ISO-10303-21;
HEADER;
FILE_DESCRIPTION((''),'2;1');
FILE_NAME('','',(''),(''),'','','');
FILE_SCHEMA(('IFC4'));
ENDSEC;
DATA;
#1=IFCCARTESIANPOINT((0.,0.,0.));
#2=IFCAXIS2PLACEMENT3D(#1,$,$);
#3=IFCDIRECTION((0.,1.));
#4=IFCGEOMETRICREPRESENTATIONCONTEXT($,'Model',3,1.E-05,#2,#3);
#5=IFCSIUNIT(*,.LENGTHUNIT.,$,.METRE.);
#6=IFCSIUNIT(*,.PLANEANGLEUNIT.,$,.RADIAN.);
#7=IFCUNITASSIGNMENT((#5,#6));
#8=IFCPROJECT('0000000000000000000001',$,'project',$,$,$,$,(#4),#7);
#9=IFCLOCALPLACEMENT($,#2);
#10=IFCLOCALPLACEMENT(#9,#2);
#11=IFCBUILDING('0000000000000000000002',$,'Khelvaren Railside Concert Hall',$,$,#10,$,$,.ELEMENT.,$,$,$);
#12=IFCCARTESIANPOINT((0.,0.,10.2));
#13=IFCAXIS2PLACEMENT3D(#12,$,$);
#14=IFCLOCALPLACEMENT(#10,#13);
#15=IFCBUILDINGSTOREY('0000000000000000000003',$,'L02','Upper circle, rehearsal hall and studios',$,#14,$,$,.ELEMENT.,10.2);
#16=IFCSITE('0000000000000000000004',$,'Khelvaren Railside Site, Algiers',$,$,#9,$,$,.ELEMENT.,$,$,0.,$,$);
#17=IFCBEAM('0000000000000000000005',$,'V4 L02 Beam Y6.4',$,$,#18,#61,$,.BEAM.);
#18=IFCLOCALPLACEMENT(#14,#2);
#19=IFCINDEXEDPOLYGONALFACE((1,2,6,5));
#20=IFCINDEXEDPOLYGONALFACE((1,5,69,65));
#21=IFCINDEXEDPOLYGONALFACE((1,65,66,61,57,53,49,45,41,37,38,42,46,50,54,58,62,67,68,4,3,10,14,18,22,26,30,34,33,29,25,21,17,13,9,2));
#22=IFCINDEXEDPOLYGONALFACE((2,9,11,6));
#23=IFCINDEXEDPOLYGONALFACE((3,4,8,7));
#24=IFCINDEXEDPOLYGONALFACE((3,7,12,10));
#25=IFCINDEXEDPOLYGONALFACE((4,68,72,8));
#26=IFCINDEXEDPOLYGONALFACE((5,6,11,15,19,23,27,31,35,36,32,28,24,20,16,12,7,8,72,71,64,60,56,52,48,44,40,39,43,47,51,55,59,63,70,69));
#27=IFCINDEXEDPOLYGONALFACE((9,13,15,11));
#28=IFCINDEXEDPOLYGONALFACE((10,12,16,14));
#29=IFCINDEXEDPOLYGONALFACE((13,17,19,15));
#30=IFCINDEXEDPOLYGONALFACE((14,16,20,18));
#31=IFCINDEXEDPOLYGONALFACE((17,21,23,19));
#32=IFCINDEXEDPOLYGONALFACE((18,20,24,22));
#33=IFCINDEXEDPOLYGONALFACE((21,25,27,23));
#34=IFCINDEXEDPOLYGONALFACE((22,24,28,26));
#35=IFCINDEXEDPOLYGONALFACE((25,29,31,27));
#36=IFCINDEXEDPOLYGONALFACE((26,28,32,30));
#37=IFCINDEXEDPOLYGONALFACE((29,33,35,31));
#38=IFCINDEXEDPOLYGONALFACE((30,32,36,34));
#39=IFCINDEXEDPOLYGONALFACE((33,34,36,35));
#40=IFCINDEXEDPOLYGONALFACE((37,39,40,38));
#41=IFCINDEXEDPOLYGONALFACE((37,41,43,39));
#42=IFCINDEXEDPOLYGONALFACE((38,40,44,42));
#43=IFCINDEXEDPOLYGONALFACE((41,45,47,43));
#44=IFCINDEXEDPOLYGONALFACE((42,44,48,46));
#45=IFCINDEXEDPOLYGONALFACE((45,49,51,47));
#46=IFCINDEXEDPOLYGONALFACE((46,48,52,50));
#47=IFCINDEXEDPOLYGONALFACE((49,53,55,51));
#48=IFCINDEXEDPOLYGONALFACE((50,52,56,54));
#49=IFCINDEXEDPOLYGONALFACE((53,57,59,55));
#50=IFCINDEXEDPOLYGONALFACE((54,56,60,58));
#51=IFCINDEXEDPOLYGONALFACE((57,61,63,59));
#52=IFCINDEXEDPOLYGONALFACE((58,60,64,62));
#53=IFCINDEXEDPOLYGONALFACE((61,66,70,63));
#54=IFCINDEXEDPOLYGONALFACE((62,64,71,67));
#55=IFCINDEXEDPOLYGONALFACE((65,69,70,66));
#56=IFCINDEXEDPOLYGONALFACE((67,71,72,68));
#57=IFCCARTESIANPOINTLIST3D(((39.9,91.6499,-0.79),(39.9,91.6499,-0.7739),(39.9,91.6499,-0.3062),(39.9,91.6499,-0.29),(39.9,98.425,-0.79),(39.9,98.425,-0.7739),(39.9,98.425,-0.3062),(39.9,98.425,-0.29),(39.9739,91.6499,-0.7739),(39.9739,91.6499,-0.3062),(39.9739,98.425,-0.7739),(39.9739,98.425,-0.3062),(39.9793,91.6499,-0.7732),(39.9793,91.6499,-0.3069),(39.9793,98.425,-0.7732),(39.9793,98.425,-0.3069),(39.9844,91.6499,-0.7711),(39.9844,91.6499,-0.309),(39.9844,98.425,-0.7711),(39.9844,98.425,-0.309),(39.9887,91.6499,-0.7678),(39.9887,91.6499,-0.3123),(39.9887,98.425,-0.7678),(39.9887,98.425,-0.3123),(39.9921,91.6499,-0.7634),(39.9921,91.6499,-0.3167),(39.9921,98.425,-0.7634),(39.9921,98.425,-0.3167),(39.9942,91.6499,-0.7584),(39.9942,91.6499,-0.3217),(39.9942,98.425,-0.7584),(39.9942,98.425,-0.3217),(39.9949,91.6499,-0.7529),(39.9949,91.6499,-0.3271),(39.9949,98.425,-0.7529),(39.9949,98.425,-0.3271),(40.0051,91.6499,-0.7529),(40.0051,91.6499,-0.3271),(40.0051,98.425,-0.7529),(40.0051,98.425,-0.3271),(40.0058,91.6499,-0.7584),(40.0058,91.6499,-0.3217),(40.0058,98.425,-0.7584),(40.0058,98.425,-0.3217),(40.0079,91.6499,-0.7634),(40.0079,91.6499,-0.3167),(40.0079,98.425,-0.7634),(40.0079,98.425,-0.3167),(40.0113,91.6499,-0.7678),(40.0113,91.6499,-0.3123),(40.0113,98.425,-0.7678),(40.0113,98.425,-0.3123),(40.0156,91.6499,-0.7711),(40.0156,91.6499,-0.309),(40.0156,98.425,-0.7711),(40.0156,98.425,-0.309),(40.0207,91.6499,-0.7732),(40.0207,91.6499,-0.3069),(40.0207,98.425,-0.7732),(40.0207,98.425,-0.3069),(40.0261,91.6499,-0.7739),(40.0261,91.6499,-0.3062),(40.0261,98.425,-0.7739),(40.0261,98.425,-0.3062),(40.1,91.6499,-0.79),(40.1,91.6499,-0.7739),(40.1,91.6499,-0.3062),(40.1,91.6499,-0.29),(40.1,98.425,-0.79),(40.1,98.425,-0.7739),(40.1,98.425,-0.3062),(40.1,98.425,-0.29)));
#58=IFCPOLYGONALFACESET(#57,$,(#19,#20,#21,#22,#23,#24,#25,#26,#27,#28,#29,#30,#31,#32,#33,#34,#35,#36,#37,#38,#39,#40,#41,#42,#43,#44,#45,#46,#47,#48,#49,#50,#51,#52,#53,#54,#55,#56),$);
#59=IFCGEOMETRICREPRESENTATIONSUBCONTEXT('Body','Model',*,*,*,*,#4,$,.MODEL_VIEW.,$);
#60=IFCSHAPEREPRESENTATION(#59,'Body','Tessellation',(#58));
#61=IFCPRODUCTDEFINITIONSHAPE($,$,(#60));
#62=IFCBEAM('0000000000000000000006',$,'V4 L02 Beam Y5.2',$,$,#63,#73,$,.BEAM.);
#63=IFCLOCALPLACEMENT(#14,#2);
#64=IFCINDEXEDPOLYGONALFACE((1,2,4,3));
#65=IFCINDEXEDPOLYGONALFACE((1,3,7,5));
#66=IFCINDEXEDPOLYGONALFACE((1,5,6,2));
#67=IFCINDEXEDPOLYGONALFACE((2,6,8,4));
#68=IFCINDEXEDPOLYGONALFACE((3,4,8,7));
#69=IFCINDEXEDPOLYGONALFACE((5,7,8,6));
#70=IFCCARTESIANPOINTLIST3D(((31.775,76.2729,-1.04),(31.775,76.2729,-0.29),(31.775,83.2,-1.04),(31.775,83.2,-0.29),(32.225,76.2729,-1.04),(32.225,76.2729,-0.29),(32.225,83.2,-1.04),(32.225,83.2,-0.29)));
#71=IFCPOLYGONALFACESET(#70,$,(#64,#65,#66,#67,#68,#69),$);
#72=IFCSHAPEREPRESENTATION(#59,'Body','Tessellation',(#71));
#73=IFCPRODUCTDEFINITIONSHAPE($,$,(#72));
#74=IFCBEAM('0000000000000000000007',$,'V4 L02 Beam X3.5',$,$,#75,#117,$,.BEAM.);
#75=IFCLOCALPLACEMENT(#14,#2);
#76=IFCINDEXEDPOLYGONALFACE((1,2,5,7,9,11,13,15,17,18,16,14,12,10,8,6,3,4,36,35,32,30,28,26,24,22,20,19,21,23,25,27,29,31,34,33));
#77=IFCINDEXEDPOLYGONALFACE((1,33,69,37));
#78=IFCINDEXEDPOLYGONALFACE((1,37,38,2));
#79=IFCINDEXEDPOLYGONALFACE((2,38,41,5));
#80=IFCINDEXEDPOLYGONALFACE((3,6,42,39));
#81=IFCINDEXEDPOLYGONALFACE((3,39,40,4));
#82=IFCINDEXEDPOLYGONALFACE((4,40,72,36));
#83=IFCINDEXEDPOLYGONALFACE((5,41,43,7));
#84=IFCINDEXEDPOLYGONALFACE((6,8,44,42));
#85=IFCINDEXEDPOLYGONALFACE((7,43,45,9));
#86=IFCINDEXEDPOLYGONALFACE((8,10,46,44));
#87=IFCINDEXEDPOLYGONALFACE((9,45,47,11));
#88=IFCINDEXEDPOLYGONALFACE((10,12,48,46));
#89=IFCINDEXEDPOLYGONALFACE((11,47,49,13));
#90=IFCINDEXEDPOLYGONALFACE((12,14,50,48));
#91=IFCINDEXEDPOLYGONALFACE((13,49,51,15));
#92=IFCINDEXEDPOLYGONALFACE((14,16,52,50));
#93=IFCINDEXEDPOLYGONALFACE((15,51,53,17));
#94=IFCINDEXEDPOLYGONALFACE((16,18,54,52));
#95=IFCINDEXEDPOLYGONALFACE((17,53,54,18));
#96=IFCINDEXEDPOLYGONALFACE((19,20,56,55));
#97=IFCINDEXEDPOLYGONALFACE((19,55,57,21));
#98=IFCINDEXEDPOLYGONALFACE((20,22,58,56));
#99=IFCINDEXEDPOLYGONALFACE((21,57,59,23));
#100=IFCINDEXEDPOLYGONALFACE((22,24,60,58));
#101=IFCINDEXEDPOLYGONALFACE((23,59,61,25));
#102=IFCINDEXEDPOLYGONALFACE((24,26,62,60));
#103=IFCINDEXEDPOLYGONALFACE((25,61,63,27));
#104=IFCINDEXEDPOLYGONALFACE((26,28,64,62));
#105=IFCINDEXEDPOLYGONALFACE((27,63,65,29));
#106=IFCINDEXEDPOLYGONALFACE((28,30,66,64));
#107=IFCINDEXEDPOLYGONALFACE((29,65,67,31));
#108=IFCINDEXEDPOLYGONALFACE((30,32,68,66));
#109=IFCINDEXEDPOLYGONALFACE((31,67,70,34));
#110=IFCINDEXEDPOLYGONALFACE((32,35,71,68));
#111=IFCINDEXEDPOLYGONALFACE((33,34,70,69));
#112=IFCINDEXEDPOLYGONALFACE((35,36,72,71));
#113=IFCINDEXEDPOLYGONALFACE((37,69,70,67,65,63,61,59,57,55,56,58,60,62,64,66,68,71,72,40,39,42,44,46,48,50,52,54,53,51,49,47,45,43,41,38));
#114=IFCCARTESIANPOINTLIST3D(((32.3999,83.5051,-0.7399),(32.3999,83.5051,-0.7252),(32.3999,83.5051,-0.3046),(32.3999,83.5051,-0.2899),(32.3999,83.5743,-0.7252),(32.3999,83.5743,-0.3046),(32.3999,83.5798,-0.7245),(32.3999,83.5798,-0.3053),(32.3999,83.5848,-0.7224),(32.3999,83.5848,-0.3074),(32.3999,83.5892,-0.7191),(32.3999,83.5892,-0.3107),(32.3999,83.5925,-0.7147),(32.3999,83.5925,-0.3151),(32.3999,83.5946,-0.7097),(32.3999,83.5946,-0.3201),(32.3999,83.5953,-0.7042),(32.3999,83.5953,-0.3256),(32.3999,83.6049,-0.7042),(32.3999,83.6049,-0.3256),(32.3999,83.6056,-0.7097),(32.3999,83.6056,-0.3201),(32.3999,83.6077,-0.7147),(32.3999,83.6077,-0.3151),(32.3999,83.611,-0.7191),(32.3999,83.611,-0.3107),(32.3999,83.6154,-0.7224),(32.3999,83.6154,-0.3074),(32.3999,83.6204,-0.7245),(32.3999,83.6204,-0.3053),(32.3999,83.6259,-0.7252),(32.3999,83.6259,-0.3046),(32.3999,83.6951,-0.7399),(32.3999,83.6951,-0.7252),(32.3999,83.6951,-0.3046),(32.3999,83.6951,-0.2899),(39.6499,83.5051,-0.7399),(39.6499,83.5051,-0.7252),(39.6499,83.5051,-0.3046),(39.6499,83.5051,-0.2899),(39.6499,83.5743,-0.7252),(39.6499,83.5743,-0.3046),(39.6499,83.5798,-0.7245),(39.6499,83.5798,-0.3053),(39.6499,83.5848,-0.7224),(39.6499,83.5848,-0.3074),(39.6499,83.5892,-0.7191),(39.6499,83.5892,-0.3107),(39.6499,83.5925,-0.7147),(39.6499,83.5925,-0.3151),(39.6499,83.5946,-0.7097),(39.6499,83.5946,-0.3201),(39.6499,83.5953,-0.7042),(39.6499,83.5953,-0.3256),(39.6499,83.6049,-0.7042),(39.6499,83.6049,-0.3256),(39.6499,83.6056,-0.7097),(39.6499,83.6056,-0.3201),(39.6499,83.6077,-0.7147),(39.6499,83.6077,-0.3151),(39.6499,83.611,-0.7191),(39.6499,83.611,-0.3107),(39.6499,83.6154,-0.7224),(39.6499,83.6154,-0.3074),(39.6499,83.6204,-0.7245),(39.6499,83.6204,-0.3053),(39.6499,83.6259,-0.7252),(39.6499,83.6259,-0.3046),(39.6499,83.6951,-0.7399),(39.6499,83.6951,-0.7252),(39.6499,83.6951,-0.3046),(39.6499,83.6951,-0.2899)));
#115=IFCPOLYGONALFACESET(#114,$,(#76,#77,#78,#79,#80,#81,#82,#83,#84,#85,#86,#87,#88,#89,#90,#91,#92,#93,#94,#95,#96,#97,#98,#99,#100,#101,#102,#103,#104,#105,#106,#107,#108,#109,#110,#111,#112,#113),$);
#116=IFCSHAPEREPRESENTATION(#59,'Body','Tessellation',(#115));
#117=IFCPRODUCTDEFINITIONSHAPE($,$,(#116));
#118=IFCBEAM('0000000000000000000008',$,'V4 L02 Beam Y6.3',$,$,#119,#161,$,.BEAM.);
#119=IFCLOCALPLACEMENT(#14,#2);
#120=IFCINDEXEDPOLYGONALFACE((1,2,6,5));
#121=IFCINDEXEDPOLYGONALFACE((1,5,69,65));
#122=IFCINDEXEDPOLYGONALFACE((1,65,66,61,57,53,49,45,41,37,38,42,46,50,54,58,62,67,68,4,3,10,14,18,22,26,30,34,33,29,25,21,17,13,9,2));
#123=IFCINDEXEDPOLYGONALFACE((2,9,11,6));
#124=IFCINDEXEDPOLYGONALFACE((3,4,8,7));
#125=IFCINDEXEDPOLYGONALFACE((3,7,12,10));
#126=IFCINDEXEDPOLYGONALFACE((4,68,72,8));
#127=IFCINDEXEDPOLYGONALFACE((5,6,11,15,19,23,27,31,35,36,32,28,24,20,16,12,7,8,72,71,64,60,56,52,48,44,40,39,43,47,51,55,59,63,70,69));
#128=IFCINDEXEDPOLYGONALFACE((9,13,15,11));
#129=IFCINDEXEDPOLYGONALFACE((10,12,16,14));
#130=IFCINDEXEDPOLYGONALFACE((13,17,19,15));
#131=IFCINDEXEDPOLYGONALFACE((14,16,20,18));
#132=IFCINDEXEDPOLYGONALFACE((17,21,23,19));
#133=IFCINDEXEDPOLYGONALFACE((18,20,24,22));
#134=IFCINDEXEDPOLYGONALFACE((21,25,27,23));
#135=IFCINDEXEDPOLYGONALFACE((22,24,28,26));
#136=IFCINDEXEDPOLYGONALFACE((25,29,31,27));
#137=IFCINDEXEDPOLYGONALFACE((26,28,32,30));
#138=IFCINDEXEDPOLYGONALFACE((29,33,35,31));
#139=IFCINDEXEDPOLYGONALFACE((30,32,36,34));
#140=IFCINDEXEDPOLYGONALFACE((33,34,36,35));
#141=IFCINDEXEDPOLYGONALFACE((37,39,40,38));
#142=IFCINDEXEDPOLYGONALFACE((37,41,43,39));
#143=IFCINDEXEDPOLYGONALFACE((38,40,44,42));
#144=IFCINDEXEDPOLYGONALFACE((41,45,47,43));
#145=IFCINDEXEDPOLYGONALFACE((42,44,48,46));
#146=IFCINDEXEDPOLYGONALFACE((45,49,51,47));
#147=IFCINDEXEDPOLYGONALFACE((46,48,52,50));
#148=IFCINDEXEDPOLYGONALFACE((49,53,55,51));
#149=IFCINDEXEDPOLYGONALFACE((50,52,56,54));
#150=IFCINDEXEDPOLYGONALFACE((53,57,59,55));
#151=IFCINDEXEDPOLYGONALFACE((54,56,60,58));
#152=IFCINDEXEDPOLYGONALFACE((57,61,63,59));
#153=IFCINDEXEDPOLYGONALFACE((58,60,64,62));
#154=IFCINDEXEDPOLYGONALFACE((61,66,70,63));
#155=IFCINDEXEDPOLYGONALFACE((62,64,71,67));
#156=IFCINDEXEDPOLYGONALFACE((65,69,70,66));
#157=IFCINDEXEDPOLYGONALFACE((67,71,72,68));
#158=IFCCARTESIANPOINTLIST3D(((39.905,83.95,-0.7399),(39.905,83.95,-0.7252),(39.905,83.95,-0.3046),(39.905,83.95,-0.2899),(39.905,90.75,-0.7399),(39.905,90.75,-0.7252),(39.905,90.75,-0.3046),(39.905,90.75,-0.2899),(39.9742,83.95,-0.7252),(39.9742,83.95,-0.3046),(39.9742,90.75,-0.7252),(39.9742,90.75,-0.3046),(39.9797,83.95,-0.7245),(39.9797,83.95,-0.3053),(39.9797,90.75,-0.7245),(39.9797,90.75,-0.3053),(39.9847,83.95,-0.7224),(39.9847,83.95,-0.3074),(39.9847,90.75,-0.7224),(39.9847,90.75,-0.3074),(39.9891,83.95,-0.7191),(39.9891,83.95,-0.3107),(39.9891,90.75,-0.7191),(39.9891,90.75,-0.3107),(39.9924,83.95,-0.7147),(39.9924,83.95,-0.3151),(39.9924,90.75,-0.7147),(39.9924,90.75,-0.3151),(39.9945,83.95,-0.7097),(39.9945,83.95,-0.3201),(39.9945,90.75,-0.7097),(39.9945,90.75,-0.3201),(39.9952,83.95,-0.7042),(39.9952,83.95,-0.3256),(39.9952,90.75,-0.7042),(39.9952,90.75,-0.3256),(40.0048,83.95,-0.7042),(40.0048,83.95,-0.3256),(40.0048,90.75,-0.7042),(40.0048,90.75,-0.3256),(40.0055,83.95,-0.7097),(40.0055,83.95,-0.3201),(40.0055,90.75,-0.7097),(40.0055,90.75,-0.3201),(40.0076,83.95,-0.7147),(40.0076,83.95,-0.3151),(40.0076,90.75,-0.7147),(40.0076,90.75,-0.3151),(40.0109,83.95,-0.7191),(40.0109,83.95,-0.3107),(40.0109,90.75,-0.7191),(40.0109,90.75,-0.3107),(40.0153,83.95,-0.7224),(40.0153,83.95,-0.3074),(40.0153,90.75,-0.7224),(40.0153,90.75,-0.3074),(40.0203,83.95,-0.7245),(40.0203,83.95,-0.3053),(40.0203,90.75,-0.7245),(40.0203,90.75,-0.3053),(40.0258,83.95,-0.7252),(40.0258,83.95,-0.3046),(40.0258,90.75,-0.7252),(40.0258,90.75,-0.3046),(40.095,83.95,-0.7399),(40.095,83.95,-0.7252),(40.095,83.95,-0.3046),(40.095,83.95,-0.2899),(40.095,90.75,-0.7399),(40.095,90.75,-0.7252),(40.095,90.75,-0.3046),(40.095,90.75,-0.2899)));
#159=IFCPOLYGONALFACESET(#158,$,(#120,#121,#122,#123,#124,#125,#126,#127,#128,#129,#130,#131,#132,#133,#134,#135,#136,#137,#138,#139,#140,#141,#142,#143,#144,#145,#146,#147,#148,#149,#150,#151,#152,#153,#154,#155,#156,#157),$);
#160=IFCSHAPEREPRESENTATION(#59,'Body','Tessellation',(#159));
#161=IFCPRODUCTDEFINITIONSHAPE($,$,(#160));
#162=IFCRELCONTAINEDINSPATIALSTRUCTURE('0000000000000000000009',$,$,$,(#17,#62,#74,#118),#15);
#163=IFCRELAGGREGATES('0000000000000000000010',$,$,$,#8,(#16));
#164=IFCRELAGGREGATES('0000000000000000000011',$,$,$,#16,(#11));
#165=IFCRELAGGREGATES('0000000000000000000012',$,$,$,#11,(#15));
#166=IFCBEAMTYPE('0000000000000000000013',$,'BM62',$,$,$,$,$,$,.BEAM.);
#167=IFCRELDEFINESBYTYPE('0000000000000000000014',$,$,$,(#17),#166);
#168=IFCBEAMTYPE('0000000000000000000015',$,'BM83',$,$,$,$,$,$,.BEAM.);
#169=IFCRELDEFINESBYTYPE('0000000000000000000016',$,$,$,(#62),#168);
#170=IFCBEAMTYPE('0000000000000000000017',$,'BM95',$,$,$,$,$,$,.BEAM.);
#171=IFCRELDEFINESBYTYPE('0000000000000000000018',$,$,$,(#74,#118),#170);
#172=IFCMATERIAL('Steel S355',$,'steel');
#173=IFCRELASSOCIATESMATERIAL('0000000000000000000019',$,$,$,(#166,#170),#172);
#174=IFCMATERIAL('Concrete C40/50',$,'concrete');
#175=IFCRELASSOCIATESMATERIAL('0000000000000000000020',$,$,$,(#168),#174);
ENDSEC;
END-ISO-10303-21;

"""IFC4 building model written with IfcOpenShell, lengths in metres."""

from ifc_helpers import new_model, si_unit, direction, frame, origin, origin_2d, place, context, subcontext, project, spatial, rectangle, i_section, extrude, material, material_profile, profile_set, type_object, element, save


model = new_model("IFC4")

# Units and contexts
model_context = context("Model", 3, precision=1e-05, world=origin(), true_north=direction((0.0, 1.0)))
body_context = subcontext(model_context, "Body", "Model", "MODEL_VIEW")
ifc_project = project(units=[si_unit("LENGTHUNIT", "METRE"), si_unit("PLANEANGLEUNIT", "RADIAN")], contexts=[model_context])

# Site, building, storey
site_placement = place(None, origin())
site = spatial("IfcSite", under=ifc_project, at=site_placement, Name="Khelvaren Railside Site, Algiers", CompositionType="ELEMENT", RefElevation=0.0)
building_placement = place(site_placement, origin())
building = spatial("IfcBuilding", under=site, at=building_placement, Name="Khelvaren Railside Concert Hall", CompositionType="ELEMENT")
storey_placement = place(building_placement, frame((0.0, 0.0, 10.2)))
storey = spatial("IfcBuildingStorey", under=building, at=storey_placement, Name="L02", Description="Upper circle, rehearsal hall and studios", CompositionType="ELEMENT", Elevation=10.2)

# Beams
ifc_material_1 = material(Name="Steel S355", Category="steel")
ifc_material_profile_1 = material_profile(ifc_material_1, i_section(OverallWidth=0.2, OverallDepth=0.5, WebThickness=0.0103, FlangeThickness=0.0161, FilletRadius=0.021, at=origin_2d()), Name="IPE 500")
ifc_profile_set_1 = profile_set([ifc_material_profile_1], Name="Steel S355")
beam_type_1 = type_object("IfcBeamType", Name="BM62", PredefinedType="BEAM", material=ifc_profile_set_1)
beam_1_placement = place(storey_placement, frame((40.0, 91.6499, -0.54), z_axis=(0.0, 1.0, 0.0), x_axis=(-1.0, 0.0, 0.0)))
element("IfcBeam", 1, at=beam_1_placement, inside=storey, type_object=beam_type_1, Name="V4 L02 Beam Y6.4", PredefinedType="BEAM", context=body_context, shape_type="SweptSolid", body=[
    extrude(i_section(OverallWidth=0.2, OverallDepth=0.5, WebThickness=0.0103, FlangeThickness=0.0161, FilletRadius=0.021, at=origin_2d()), origin(), (0.0, 0.0, 1.0), 6.7751),
])
ifc_material_2 = material(Name="Concrete C40/50", Category="concrete")
ifc_material_profile_2 = material_profile(ifc_material_2, rectangle(XDim=0.45, YDim=0.75, at=origin_2d()), Name="RCB 450x750")
ifc_profile_set_2 = profile_set([ifc_material_profile_2], Name="Concrete C40/50")
beam_type_2 = type_object("IfcBeamType", Name="BM83", PredefinedType="BEAM", material=ifc_profile_set_2)
beam_2_placement = place(storey_placement, frame((32.0, 76.2729, -0.665), z_axis=(0.0, 1.0, 0.0), x_axis=(-1.0, 0.0, 0.0)))
element("IfcBeam", 2, at=beam_2_placement, inside=storey, type_object=beam_type_2, Name="V4 L02 Beam Y5.2", PredefinedType="BEAM", context=body_context, shape_type="SweptSolid", body=[
    extrude(rectangle(XDim=0.45, YDim=0.75, at=origin_2d()), origin(), (0.0, 0.0, 1.0), 6.927),
])
ifc_material_profile_3 = material_profile(ifc_material_1, i_section(OverallWidth=0.1899, OverallDepth=0.45, WebThickness=0.0095, FlangeThickness=0.0146, FilletRadius=0.021, at=origin_2d()), Name="IPE 450")
ifc_profile_set_3 = profile_set([ifc_material_profile_3], Name="Steel S355")
beam_type_3 = type_object("IfcBeamType", Name="BM95", PredefinedType="BEAM", material=ifc_profile_set_3)
beam_3_placement = place(storey_placement, frame((32.3999, 83.6001, -0.5149), z_axis=(1.0, 0.0, 0.0), x_axis=(0.0, 1.0, 0.0)))
element("IfcBeam", 3, at=beam_3_placement, inside=storey, type_object=beam_type_3, Name="V4 L02 Beam X3.5", PredefinedType="BEAM", context=body_context, shape_type="SweptSolid", body=[
    extrude(i_section(OverallWidth=0.1899, OverallDepth=0.45, WebThickness=0.0095, FlangeThickness=0.0146, FilletRadius=0.021, at=origin_2d()), origin(), (0.0, 0.0, 1.0), 7.25),
])
beam_4_placement = place(storey_placement, frame((40.0, 83.95, -0.5149), z_axis=(0.0, 1.0, 0.0), x_axis=(-1.0, 0.0, 0.0)))
element("IfcBeam", 4, at=beam_4_placement, inside=storey, type_object=beam_type_3, Name="V4 L02 Beam Y6.3", PredefinedType="BEAM", context=body_context, shape_type="SweptSolid", body=[
    extrude(i_section(OverallWidth=0.1899, OverallDepth=0.45, WebThickness=0.0095, FlangeThickness=0.0146, FilletRadius=0.021, at=origin_2d()), origin(), (0.0, 0.0, 1.0), 6.8),
])

save(model, "model.ifc")
